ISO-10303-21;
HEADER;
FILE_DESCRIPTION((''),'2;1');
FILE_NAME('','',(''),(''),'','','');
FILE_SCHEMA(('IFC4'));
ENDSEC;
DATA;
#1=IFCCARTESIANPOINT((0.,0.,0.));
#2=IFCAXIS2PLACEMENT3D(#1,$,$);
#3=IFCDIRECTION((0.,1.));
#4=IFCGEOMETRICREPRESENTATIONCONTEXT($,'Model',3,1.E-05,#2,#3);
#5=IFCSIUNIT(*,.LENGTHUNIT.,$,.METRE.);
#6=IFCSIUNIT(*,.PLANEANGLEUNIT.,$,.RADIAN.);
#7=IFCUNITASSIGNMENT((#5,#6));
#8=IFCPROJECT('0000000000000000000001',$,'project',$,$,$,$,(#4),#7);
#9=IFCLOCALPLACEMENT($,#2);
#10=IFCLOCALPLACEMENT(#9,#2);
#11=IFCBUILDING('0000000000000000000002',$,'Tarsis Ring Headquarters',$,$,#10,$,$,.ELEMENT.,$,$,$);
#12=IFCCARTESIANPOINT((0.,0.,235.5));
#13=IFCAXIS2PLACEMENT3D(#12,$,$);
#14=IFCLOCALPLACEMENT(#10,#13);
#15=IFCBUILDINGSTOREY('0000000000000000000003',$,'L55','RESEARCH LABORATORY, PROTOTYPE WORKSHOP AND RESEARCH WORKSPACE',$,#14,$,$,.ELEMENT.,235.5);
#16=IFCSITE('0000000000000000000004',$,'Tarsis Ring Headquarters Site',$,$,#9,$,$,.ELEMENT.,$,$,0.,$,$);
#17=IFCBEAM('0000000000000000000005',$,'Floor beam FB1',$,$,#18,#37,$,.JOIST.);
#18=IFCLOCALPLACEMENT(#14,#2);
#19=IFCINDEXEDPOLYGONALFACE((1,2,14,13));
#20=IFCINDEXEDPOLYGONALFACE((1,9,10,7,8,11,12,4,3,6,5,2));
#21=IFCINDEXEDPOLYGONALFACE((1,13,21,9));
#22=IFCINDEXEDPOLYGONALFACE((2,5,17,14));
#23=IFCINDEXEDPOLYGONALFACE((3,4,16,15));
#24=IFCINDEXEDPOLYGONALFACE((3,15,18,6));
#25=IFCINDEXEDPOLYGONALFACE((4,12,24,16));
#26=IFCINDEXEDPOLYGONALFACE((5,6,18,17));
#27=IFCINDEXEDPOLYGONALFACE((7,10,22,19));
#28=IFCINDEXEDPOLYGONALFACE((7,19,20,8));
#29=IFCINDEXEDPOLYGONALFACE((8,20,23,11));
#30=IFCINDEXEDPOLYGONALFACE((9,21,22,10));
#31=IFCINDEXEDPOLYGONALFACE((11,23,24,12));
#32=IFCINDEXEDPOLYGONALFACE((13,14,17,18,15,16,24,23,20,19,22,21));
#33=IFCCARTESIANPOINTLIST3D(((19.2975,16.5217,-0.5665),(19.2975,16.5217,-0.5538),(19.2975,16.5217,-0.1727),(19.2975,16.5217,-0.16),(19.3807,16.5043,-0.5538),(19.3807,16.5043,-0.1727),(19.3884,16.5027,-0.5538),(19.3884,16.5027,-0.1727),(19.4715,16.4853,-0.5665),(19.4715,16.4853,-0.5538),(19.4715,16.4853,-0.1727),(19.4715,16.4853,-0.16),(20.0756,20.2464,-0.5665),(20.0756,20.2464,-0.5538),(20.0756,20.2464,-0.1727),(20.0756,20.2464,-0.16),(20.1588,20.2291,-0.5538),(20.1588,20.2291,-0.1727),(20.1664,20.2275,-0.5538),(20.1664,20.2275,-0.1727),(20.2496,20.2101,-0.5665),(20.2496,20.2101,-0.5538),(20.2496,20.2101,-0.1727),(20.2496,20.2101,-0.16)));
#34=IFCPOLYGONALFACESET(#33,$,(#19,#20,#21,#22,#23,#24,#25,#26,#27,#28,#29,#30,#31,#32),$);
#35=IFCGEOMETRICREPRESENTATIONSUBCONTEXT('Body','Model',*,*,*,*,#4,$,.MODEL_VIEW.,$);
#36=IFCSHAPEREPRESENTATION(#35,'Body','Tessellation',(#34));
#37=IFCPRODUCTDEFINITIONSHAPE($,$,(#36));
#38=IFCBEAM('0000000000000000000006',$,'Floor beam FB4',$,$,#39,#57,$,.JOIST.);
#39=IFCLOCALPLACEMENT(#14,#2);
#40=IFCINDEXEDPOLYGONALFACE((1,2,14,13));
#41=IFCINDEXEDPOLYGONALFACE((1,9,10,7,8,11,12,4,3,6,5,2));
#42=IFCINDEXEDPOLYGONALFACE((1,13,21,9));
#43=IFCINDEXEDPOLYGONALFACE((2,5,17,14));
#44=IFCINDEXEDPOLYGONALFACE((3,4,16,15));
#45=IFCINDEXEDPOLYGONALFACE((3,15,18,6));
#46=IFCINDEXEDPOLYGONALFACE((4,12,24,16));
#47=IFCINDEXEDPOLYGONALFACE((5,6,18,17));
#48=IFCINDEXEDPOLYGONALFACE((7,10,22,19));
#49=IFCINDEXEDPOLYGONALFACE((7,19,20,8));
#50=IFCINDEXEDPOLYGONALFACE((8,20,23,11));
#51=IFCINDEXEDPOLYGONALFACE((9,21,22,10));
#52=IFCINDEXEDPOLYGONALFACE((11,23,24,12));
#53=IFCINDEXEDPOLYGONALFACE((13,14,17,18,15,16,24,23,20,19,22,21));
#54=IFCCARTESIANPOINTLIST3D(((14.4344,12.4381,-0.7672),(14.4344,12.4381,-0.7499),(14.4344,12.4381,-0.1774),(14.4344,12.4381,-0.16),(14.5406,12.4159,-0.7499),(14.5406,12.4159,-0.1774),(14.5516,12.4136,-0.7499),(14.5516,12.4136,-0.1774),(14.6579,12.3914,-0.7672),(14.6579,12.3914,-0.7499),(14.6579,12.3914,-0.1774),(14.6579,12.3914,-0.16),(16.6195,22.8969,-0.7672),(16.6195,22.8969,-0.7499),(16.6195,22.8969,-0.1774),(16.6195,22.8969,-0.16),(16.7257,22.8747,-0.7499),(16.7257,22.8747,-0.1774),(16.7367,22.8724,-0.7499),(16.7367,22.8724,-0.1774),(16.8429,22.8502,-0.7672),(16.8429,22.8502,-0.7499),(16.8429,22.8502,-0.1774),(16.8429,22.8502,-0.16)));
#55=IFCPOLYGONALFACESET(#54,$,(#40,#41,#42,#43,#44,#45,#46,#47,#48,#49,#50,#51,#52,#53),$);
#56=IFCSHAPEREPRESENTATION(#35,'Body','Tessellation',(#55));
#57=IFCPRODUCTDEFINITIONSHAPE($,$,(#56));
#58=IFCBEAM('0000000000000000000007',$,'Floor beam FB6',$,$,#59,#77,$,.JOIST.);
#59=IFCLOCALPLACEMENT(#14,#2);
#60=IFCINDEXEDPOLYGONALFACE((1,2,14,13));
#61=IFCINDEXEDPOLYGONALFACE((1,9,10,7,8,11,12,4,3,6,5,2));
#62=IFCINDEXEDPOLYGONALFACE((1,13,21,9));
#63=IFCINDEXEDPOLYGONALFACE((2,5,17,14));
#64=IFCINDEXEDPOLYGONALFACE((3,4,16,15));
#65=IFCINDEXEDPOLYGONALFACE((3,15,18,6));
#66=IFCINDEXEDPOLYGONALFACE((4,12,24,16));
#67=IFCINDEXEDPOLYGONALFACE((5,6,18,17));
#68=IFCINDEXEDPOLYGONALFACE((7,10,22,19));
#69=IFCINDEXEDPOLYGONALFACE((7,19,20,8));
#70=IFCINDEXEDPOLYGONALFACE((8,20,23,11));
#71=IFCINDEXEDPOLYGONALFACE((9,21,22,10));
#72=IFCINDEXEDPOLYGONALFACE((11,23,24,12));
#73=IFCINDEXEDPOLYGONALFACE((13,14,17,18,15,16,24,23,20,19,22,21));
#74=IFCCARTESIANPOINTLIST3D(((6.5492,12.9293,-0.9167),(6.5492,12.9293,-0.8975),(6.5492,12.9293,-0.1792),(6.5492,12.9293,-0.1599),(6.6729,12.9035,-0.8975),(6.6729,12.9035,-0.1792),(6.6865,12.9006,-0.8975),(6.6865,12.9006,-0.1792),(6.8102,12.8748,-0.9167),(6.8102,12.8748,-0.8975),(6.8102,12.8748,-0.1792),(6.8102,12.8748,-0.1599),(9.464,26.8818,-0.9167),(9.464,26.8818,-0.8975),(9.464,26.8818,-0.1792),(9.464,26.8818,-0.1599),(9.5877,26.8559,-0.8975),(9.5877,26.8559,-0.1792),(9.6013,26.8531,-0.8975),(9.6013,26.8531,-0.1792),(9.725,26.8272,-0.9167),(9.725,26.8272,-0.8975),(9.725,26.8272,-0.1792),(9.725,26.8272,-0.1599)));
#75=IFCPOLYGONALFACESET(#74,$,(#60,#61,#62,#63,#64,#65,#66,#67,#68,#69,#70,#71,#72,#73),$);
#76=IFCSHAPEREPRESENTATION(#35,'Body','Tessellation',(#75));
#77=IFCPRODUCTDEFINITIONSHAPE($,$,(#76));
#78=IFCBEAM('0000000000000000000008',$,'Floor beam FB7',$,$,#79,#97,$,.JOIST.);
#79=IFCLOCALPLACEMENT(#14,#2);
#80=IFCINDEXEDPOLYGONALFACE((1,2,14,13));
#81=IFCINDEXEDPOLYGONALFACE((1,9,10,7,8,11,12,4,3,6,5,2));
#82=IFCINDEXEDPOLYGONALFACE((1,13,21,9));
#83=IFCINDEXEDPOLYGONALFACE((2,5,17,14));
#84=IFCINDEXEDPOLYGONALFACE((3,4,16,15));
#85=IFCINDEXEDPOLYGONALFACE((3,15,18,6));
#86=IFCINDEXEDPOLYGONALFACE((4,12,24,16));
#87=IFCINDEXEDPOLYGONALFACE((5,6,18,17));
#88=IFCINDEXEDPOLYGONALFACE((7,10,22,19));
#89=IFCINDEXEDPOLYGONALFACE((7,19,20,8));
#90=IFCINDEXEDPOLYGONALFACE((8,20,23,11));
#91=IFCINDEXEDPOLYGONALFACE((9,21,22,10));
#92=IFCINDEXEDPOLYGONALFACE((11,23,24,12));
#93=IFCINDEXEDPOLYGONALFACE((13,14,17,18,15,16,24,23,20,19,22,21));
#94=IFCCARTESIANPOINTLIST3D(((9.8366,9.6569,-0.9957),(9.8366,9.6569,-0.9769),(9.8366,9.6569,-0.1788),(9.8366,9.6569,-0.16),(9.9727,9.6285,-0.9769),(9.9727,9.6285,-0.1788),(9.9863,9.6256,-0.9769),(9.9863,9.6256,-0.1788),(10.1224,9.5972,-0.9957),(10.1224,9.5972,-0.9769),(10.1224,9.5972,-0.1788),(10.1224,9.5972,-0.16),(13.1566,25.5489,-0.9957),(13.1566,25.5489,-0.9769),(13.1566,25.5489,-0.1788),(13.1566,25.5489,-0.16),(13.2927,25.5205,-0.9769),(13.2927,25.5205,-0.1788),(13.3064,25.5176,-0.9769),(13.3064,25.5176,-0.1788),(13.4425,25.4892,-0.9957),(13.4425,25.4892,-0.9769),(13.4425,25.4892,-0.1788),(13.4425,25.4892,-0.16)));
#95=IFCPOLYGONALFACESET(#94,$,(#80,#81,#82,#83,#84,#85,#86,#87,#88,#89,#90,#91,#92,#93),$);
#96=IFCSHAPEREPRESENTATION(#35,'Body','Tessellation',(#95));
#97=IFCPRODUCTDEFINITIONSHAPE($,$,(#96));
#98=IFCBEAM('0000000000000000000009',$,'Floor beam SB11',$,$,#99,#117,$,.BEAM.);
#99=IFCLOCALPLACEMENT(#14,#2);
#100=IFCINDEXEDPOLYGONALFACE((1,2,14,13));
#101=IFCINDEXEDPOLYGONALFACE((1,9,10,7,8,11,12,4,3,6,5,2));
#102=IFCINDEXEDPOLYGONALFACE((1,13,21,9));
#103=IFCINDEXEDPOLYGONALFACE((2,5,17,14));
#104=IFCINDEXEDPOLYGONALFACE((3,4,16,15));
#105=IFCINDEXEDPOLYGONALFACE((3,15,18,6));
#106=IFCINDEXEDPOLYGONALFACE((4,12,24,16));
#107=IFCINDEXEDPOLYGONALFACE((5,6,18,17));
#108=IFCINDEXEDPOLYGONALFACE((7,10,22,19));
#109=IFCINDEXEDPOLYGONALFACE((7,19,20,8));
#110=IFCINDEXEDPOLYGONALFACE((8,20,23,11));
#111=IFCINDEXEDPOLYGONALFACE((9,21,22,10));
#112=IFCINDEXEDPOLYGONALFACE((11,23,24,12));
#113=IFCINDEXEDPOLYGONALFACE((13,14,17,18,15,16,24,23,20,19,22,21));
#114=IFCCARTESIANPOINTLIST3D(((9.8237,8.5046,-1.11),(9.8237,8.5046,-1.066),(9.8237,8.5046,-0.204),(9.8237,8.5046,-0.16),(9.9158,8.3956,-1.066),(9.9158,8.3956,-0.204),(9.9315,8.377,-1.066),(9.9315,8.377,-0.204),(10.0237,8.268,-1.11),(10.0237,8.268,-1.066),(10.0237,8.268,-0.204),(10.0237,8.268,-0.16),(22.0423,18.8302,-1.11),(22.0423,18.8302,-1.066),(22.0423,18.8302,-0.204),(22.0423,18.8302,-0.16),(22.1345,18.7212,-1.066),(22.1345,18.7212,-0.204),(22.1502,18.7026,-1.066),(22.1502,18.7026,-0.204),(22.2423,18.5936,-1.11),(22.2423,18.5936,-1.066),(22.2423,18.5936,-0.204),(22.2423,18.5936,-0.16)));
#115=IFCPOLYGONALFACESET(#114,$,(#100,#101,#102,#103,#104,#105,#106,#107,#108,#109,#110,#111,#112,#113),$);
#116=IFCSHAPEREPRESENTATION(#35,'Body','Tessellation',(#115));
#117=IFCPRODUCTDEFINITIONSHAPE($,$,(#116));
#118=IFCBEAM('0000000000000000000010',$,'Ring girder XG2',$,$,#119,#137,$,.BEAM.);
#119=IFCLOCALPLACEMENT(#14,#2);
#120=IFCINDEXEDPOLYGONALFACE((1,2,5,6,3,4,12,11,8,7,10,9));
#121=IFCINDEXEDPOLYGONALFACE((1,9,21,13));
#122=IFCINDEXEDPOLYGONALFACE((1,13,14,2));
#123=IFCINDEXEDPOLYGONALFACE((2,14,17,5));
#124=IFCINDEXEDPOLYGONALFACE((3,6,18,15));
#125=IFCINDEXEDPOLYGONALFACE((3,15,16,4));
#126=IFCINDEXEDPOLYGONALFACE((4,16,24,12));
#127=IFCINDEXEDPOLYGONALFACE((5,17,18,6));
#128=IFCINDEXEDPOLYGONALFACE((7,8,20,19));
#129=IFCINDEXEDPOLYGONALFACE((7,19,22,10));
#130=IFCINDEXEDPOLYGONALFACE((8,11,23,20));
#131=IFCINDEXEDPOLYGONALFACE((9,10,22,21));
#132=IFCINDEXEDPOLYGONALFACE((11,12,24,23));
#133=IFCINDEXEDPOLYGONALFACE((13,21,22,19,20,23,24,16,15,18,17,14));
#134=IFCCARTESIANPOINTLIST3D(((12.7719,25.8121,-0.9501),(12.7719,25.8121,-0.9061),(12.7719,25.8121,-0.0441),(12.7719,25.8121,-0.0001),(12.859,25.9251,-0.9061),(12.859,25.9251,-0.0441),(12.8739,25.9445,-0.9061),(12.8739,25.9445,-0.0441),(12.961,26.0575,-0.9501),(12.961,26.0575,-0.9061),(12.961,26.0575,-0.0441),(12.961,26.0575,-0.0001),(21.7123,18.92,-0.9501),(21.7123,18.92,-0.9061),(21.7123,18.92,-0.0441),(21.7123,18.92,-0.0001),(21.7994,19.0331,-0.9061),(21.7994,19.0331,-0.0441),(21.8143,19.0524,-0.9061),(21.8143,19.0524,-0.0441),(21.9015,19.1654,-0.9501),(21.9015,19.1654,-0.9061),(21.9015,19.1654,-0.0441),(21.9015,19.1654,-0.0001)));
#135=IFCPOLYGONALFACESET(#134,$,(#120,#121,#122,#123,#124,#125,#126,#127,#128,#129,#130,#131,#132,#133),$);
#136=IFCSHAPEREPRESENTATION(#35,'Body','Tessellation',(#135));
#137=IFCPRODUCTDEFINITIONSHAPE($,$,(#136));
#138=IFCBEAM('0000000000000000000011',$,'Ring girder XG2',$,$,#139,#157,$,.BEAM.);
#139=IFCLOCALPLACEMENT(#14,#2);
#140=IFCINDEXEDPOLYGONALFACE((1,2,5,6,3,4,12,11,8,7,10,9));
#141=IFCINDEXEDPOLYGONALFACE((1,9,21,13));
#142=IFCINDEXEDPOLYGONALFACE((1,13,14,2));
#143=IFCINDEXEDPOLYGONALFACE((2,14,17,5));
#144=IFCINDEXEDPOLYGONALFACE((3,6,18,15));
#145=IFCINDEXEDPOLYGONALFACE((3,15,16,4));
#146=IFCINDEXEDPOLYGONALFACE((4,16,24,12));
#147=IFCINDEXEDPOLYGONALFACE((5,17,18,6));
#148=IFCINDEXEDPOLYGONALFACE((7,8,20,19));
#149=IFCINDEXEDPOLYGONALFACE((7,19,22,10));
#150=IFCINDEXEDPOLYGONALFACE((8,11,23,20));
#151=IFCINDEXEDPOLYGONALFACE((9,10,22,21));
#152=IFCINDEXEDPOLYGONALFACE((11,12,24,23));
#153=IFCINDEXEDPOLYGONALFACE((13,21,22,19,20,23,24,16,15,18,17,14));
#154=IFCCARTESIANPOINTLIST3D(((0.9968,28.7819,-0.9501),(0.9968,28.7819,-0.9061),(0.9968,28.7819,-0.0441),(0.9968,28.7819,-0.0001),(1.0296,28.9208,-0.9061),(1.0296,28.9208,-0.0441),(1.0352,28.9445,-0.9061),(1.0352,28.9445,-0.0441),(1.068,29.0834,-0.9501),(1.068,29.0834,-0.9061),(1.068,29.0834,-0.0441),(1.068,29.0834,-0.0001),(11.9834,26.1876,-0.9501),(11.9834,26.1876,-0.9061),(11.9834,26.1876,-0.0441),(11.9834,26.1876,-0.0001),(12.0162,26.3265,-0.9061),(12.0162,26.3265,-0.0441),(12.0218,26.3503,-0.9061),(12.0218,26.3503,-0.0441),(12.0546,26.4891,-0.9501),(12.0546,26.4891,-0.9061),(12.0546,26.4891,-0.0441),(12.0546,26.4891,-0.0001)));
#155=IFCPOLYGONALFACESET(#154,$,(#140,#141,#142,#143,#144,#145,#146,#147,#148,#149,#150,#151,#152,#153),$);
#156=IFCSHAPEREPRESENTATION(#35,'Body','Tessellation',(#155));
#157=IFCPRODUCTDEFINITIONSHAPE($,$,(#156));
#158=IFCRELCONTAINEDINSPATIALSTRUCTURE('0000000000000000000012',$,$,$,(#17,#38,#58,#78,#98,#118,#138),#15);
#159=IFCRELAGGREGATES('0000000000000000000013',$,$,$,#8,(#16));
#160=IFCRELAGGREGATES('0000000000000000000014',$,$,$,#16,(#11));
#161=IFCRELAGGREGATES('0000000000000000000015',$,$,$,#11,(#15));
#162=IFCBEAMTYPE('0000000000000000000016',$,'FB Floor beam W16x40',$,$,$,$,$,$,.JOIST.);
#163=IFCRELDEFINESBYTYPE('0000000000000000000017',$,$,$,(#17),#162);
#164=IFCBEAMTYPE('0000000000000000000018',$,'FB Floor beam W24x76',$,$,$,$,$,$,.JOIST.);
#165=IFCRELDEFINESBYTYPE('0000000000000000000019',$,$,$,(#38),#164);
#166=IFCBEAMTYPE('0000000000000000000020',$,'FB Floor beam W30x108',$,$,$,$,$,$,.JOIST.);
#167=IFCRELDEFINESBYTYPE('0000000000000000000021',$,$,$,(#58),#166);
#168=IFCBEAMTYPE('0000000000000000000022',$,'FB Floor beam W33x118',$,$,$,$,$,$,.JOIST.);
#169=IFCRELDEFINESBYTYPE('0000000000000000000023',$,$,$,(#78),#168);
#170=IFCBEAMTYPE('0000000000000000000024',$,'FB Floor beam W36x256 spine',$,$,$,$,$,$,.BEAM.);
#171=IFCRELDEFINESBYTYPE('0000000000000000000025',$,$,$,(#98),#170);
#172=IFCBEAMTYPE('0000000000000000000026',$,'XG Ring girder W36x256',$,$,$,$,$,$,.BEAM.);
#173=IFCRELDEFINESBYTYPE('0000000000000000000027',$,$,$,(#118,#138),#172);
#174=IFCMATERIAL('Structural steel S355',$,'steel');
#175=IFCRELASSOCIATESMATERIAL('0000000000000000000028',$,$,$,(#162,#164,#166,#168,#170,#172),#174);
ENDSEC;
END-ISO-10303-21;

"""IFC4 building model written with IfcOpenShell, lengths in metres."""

from ifc_helpers import new_model, si_unit, direction, frame, origin, origin_2d, place, context, subcontext, project, spatial, i_section, extrude, material, material_profile, profile_set, type_object, element, save


model = new_model("IFC4")

# Units and contexts
model_context = context("Model", 3, precision=1e-05, world=origin(), true_north=direction((0.0, 1.0)))
body_context = subcontext(model_context, "Body", "Model", "MODEL_VIEW")
ifc_project = project(units=[si_unit("LENGTHUNIT", "METRE"), si_unit("PLANEANGLEUNIT", "RADIAN")], contexts=[model_context])

# Site, building, storey
site_placement = place(None, origin())
site = spatial("IfcSite", under=ifc_project, at=site_placement, Name="Tarsis Ring Headquarters Site", CompositionType="ELEMENT", RefElevation=0.0)
building_placement = place(site_placement, origin())
building = spatial("IfcBuilding", under=site, at=building_placement, Name="Tarsis Ring Headquarters", CompositionType="ELEMENT")
storey_placement = place(building_placement, frame((0.0, 0.0, 235.5)))
storey = spatial("IfcBuildingStorey", under=building, at=storey_placement, Name="L55", Description="RESEARCH LABORATORY, PROTOTYPE WORKSHOP AND RESEARCH WORKSPACE", CompositionType="ELEMENT", Elevation=235.5)

# Shared definitions
ifc_material_1 = material(Name="Structural steel S355", Category="steel")

# Beams
ifc_material_profile_1 = material_profile(ifc_material_1, i_section(OverallWidth=0.1777, OverallDepth=0.4065, WebThickness=0.0078, FlangeThickness=0.0127, at=origin_2d()), Name="W16x40")
ifc_profile_set_1 = profile_set([ifc_material_profile_1], Name="Structural steel S355")
beam_type_1 = type_object("IfcBeamType", Name="FB Floor beam W16x40", PredefinedType="JOIST", material=ifc_profile_set_1)
beam_1_placement = place(storey_placement, frame((20.1626, 20.2283, -0.3633), z_axis=(-0.204474, -0.978872, 0.0), x_axis=(0.978872, -0.204474, 0.0)))
element("IfcBeam", 1, at=beam_1_placement, inside=storey, type_object=beam_type_1, Name="Floor beam FB1", PredefinedType="JOIST", context=body_context, shape_type="SweptSolid", body=[
    extrude(i_section(OverallWidth=0.1777, OverallDepth=0.4065, WebThickness=0.0078, FlangeThickness=0.0127, at=origin_2d()), origin(), (0.0, 0.0, 1.0), 3.8052),
])
ifc_material_profile_2 = material_profile(ifc_material_1, i_section(OverallWidth=0.2283, OverallDepth=0.6072, WebThickness=0.0112, FlangeThickness=0.0173, at=origin_2d()), Name="W24x76")
ifc_profile_set_2 = profile_set([ifc_material_profile_2], Name="Structural steel S355")
beam_type_2 = type_object("IfcBeamType", Name="FB Floor beam W24x76", PredefinedType="JOIST", material=ifc_profile_set_2)
beam_2_placement = place(storey_placement, frame((16.7312, 22.8735, -0.4636), z_axis=(-0.204506, -0.978865, 0.0), x_axis=(0.978865, -0.204506, 0.0)))
element("IfcBeam", 2, at=beam_2_placement, inside=storey, type_object=beam_type_2, Name="Floor beam FB4", PredefinedType="JOIST", context=body_context, shape_type="SweptSolid", body=[
    extrude(i_section(OverallWidth=0.2283, OverallDepth=0.6072, WebThickness=0.0112, FlangeThickness=0.0173, at=origin_2d()), origin(), (0.0, 0.0, 1.0), 10.6846),
])
ifc_material_profile_3 = material_profile(ifc_material_1, i_section(OverallWidth=0.2666, OverallDepth=0.7568, WebThickness=0.0139, FlangeThickness=0.0193, at=origin_2d()), Name="W30x108")
ifc_profile_set_3 = profile_set([ifc_material_profile_3], Name="Structural steel S355")
beam_type_3 = type_object("IfcBeamType", Name="FB Floor beam W30x108", PredefinedType="JOIST", material=ifc_profile_set_3)
beam_3_placement = place(storey_placement, frame((9.5945, 26.8545, -0.5383), z_axis=(-0.204495, -0.978868, 0.0), x_axis=(0.978868, -0.204495, 0.0)))
element("IfcBeam", 3, at=beam_3_placement, inside=storey, type_object=beam_type_3, Name="Floor beam FB6", PredefinedType="JOIST", context=body_context, shape_type="SweptSolid", body=[
    extrude(i_section(OverallWidth=0.2666, OverallDepth=0.7568, WebThickness=0.0139, FlangeThickness=0.0193, at=origin_2d()), origin(), (0.0, 0.0, 1.0), 14.2537),
])
ifc_material_profile_4 = material_profile(ifc_material_1, i_section(OverallWidth=0.292, OverallDepth=0.8357, WebThickness=0.0139, FlangeThickness=0.0188, at=origin_2d()), Name="W33x118")
ifc_profile_set_4 = profile_set([ifc_material_profile_4], Name="Structural steel S355")
beam_type_4 = type_object("IfcBeamType", Name="FB Floor beam W33x118", PredefinedType="JOIST", material=ifc_profile_set_4)
beam_4_placement = place(storey_placement, frame((13.2996, 25.519, -0.5779), z_axis=(-0.204498, -0.978867, 0.0), x_axis=(0.978867, -0.204498, 0.0)))
element("IfcBeam", 4, at=beam_4_placement, inside=storey, type_object=beam_type_4, Name="Floor beam FB7", PredefinedType="JOIST", context=body_context, shape_type="SweptSolid", body=[
    extrude(i_section(OverallWidth=0.292, OverallDepth=0.8357, WebThickness=0.0139, FlangeThickness=0.0188, at=origin_2d()), origin(), (0.0, 0.0, 1.0), 16.2351),
])
ifc_material_profile_5 = material_profile(ifc_material_1, i_section(OverallWidth=0.3098, OverallDepth=0.95, WebThickness=0.0244, FlangeThickness=0.0439, at=origin_2d()), Name="W36x256")
ifc_profile_set_5 = profile_set([ifc_material_profile_5], Name="Structural steel S355")
beam_type_5 = type_object("IfcBeamType", Name="FB Floor beam W36x256 spine", PredefinedType="BEAM", material=ifc_profile_set_5)
beam_5_placement = place(storey_placement, frame((22.1423, 18.7119, -0.635), z_axis=(-0.763795, -0.645459, 0.0), x_axis=(0.645459, -0.763795, 0.0)))
element("IfcBeam", 5, at=beam_5_placement, inside=storey, type_object=beam_type_5, Name="Floor beam SB11", PredefinedType="BEAM", context=body_context, shape_type="SweptSolid", body=[
    extrude(i_section(OverallWidth=0.3098, OverallDepth=0.95, WebThickness=0.0244, FlangeThickness=0.0439, at=origin_2d()), origin(), (0.0, 0.0, 1.0), 15.9973),
])
beam_type_6 = type_object("IfcBeamType", Name="XG Ring girder W36x256", PredefinedType="BEAM", material=ifc_profile_set_5)
beam_6_placement = place(storey_placement, frame((21.8069, 19.0427, -0.4751), z_axis=(-0.791988, 0.610536, 0.0), x_axis=(-0.610536, -0.791988, 0.0)))
element("IfcBeam", 6, at=beam_6_placement, inside=storey, type_object=beam_type_6, Name="Ring girder XG2", PredefinedType="BEAM", context=body_context, shape_type="SweptSolid", body=[
    extrude(i_section(OverallWidth=0.3098, OverallDepth=0.95, WebThickness=0.0244, FlangeThickness=0.0439, at=origin_2d()), origin(), (0.0, 0.0, 1.0), 11.2886),
])
beam_7_placement = place(storey_placement, frame((12.019, 26.3384, -0.4751), z_axis=(-0.973236, 0.229808, 0.0), x_axis=(-0.229808, -0.973236, 0.0)))
element("IfcBeam", 7, at=beam_7_placement, inside=storey, type_object=beam_type_6, Name="Ring girder XG2", PredefinedType="BEAM", context=body_context, shape_type="SweptSolid", body=[
    extrude(i_section(OverallWidth=0.3098, OverallDepth=0.95, WebThickness=0.0244, FlangeThickness=0.0439, at=origin_2d()), origin(), (0.0, 0.0, 1.0), 11.2888),
])

save(model, "model.ifc")
